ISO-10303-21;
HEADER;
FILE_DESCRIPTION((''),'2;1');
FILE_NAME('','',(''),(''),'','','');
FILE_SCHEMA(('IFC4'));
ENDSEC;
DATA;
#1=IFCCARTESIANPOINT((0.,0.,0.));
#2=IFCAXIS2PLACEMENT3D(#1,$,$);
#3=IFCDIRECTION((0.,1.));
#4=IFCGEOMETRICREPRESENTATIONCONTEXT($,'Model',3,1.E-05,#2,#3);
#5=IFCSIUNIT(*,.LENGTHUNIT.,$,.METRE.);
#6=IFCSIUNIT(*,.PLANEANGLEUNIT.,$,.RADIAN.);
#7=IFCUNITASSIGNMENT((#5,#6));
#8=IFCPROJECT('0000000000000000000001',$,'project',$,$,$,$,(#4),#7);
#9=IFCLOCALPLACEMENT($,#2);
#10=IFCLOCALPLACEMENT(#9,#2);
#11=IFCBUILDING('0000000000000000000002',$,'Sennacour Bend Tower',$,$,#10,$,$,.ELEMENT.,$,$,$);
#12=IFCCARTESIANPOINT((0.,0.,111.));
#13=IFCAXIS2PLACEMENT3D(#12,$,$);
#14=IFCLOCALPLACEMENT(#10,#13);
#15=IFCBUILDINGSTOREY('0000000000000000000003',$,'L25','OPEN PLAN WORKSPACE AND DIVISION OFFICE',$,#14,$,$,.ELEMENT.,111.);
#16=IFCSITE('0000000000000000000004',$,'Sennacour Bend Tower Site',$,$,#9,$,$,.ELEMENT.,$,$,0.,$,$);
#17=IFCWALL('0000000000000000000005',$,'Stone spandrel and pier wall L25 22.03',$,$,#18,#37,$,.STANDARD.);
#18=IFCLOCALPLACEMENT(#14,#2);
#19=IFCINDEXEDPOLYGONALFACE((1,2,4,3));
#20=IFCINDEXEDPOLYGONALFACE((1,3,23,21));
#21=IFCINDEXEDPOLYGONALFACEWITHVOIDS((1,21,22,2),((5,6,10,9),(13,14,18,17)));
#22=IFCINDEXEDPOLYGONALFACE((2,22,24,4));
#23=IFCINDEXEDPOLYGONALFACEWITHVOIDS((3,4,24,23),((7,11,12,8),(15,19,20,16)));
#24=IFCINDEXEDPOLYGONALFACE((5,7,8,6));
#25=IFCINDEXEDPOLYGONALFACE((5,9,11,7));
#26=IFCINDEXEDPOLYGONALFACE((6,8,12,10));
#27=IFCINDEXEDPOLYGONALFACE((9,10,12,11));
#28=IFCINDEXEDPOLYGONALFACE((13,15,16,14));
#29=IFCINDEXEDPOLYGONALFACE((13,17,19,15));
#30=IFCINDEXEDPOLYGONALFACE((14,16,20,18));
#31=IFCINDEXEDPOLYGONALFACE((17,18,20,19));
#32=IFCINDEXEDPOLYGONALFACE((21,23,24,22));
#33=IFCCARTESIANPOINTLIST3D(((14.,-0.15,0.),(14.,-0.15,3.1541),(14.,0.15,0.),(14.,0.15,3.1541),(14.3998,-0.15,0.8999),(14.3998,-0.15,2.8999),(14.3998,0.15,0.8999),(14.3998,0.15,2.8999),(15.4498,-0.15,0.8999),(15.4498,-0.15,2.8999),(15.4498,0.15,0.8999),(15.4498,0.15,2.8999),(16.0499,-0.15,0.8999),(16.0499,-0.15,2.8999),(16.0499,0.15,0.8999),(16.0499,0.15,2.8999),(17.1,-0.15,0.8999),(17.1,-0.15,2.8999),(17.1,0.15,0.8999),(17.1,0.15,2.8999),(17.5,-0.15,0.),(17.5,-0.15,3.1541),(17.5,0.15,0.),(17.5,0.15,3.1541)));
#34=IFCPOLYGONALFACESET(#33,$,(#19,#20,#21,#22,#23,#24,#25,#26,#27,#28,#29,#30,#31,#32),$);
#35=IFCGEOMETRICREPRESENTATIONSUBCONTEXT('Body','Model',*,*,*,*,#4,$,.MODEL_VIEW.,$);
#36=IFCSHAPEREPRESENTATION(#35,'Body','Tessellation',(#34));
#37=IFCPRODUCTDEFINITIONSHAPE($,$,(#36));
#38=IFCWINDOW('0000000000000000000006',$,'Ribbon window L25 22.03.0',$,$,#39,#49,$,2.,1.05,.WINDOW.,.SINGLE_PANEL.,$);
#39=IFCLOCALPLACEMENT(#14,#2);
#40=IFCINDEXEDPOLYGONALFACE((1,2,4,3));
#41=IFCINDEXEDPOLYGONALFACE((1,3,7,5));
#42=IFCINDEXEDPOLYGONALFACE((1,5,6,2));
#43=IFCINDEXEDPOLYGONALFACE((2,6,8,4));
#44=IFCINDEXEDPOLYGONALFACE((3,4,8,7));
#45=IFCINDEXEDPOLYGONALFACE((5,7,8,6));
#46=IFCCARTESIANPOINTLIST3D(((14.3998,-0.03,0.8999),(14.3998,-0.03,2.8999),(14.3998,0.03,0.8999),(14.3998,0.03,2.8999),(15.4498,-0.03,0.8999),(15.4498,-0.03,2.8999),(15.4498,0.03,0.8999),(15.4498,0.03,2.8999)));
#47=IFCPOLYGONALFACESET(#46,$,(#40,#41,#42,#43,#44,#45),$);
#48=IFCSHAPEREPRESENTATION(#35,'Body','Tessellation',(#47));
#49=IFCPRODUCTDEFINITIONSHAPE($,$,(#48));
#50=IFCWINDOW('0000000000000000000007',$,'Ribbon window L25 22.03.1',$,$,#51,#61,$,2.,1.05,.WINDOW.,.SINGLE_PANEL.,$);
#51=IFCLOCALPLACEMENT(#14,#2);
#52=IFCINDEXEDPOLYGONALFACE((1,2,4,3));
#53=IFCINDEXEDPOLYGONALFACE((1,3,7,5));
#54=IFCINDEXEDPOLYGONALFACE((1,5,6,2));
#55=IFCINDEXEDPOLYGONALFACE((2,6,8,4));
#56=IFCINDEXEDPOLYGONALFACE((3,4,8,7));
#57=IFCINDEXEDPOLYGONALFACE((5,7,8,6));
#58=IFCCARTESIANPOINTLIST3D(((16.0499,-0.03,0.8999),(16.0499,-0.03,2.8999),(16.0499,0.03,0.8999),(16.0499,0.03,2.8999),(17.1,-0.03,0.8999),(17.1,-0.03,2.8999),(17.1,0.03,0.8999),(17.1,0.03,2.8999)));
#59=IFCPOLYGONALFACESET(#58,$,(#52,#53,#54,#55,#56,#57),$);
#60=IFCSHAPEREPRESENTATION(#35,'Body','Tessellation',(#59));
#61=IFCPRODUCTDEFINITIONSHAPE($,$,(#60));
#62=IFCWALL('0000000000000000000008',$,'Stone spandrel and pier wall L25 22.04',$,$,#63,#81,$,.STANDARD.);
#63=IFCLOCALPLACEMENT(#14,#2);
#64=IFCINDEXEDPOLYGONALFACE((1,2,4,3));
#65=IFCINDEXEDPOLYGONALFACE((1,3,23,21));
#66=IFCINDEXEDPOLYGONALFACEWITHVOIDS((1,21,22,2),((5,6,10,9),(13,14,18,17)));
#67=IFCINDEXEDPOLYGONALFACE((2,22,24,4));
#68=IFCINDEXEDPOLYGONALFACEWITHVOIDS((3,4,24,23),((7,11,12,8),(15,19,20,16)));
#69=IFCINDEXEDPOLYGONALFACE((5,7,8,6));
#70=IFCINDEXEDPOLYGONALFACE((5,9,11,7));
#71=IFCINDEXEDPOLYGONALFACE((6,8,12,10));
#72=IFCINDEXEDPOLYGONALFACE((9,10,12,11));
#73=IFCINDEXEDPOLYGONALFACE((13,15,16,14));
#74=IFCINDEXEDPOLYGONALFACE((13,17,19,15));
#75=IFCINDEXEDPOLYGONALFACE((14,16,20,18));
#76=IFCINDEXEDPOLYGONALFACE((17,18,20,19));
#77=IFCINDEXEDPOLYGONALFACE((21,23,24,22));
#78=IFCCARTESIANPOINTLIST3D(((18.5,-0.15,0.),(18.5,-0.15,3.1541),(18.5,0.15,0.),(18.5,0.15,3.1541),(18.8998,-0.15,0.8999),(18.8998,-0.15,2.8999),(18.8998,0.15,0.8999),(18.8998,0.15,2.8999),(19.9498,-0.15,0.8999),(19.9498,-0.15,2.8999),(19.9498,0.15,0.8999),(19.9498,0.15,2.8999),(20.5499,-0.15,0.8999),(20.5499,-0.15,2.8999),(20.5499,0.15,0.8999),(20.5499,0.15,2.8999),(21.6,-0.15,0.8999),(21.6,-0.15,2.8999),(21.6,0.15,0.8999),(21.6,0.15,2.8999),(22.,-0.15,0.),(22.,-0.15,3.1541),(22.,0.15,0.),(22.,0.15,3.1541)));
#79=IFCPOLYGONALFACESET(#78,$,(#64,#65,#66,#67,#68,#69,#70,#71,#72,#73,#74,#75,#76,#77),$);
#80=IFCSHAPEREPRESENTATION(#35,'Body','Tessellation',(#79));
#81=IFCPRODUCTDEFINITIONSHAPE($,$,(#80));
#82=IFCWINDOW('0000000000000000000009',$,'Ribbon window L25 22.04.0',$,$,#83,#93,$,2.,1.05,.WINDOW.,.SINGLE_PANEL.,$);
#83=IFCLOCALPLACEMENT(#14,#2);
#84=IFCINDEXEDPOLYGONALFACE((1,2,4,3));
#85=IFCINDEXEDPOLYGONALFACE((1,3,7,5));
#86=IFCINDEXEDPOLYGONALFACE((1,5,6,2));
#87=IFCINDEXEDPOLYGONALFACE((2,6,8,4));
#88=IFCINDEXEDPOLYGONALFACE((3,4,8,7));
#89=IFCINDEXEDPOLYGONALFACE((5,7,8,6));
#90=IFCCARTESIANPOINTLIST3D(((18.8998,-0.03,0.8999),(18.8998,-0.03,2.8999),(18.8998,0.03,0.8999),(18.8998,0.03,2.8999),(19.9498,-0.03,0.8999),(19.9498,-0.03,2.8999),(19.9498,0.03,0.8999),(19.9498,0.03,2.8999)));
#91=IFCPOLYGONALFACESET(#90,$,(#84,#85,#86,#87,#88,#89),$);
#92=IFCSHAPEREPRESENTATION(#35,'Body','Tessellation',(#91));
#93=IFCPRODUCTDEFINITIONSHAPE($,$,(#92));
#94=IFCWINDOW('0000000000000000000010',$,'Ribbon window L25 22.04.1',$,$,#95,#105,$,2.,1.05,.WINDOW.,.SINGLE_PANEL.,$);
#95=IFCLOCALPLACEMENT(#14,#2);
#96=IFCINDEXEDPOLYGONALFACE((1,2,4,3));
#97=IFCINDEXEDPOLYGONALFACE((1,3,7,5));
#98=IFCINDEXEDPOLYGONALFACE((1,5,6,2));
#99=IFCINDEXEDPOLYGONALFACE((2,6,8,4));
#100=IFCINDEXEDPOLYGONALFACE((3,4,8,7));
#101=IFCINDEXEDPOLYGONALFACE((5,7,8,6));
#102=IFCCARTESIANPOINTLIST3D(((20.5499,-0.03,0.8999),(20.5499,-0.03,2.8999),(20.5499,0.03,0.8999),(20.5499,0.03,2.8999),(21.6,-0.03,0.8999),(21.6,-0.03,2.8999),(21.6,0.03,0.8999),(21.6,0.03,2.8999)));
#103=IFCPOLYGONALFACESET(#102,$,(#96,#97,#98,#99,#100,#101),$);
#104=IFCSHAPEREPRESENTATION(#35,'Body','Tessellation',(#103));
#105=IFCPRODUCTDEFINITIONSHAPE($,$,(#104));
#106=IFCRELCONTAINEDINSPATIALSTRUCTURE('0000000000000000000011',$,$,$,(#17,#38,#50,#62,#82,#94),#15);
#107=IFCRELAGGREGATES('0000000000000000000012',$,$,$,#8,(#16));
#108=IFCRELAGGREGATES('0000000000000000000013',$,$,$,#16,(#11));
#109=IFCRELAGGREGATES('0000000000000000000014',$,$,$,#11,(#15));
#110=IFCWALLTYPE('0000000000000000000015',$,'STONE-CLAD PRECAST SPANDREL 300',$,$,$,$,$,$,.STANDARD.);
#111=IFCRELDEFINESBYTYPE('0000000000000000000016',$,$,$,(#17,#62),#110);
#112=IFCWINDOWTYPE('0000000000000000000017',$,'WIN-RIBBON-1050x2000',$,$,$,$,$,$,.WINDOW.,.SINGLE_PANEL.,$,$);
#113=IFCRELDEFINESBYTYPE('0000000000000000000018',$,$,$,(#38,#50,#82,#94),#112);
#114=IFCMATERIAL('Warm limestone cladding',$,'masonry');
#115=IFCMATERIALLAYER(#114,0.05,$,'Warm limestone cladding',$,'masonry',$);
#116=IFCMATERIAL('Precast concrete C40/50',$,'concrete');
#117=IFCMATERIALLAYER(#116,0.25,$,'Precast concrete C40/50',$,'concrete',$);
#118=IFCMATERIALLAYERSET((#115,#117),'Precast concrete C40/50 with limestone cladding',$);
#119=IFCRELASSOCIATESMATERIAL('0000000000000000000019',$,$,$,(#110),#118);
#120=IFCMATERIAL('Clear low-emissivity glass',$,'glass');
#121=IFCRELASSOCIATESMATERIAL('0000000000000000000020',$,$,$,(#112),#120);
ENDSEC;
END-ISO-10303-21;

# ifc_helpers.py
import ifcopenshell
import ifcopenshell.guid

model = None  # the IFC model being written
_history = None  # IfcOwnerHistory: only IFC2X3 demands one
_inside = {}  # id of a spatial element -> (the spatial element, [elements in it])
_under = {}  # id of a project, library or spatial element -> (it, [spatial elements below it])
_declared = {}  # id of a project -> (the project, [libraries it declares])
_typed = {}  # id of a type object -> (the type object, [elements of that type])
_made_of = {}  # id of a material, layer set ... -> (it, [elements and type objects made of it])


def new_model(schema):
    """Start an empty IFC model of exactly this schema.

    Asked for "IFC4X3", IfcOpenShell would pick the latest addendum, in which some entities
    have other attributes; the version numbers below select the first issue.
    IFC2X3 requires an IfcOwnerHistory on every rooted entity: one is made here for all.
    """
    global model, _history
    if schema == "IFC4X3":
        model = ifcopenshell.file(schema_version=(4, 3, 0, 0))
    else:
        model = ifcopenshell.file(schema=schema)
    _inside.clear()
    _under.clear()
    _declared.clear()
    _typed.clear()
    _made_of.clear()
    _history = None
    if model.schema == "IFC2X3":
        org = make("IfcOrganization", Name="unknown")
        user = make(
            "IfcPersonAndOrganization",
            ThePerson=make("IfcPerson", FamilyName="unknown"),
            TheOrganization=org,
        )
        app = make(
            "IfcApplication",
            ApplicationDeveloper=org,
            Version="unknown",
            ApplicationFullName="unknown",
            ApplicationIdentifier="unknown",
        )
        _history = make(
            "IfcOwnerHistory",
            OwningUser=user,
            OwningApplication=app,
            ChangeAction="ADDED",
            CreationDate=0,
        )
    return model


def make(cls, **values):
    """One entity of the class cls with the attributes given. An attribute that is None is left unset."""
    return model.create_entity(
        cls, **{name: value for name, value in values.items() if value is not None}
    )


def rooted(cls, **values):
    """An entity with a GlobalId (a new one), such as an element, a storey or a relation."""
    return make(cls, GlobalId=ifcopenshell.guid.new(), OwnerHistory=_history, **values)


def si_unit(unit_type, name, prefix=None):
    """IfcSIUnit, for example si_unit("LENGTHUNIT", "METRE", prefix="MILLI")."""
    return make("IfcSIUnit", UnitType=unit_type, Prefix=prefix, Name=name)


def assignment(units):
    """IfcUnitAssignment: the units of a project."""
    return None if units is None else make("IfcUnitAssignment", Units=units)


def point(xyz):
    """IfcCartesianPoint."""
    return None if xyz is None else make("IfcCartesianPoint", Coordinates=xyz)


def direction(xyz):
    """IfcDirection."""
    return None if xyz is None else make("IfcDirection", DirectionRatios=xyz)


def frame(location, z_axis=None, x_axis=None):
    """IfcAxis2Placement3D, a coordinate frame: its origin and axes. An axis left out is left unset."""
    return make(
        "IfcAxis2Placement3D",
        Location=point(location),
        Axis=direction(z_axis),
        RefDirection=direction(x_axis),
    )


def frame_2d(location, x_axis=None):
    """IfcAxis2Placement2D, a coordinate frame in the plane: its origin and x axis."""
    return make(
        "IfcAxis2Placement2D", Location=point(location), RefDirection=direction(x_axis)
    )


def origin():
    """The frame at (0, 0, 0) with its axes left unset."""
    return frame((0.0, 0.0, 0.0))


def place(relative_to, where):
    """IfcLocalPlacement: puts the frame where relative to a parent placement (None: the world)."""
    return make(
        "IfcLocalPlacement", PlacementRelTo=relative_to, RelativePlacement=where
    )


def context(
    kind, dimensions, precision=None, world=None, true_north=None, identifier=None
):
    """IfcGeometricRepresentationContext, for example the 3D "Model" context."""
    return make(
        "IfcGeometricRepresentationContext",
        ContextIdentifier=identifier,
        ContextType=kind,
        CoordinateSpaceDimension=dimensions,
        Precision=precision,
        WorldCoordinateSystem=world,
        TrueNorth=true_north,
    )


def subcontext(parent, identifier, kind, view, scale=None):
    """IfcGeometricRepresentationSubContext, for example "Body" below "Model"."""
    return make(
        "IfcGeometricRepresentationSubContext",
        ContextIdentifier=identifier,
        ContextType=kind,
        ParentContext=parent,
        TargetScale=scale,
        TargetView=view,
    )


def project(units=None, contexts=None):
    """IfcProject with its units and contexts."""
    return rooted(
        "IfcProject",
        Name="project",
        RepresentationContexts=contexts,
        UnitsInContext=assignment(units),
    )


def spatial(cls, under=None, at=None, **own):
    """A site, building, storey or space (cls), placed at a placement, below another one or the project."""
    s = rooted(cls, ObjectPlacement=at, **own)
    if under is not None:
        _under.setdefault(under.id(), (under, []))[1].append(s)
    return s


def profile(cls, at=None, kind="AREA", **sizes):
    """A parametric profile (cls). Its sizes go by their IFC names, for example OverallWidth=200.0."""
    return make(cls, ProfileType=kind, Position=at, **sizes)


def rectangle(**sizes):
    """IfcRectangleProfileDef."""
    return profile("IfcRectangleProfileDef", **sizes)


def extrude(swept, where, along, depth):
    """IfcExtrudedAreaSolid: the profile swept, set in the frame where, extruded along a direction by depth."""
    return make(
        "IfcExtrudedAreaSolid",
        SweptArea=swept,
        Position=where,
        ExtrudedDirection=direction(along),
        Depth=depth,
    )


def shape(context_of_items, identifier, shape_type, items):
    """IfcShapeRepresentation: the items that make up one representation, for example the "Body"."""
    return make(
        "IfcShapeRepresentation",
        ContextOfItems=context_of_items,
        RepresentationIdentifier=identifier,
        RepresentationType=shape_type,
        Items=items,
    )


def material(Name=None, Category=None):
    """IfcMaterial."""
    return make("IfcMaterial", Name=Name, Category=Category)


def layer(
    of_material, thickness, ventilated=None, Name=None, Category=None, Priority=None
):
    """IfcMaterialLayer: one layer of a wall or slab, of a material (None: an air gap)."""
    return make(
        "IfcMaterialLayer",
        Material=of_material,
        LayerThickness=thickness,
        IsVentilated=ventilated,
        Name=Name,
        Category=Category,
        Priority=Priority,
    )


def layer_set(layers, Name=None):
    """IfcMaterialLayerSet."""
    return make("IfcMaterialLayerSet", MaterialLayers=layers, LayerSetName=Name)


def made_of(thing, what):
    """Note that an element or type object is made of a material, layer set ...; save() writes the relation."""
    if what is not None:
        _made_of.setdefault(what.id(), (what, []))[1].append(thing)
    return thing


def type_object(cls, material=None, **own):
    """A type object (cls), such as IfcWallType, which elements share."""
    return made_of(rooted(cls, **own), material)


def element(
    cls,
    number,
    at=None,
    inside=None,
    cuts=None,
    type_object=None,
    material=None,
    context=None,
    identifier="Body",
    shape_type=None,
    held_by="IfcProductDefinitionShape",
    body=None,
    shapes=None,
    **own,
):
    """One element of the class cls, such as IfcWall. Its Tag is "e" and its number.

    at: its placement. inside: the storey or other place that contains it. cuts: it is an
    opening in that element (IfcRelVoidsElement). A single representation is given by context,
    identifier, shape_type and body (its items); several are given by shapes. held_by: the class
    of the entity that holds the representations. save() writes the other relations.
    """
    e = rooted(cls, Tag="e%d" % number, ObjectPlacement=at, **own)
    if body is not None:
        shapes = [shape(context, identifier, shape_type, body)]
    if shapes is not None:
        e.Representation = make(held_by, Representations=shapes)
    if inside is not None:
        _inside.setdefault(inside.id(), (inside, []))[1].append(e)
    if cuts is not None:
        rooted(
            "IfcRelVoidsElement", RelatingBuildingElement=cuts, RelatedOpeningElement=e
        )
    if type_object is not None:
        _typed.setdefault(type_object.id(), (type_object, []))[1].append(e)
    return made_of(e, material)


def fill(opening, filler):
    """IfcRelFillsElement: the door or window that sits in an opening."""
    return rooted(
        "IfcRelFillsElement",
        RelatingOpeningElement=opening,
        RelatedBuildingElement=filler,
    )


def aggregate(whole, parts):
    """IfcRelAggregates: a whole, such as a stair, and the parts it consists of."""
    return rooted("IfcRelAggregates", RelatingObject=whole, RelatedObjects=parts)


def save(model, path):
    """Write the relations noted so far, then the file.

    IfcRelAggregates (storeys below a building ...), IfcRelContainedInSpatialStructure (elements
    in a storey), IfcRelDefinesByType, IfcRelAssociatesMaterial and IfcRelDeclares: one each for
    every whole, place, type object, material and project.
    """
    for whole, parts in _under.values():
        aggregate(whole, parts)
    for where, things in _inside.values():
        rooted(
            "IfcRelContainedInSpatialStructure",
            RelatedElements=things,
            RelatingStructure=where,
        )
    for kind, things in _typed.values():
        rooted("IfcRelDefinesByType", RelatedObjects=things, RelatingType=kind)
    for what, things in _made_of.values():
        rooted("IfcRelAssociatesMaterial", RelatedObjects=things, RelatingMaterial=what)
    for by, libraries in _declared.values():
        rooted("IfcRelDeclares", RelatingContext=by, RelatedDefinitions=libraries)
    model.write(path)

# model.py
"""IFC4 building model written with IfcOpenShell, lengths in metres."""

from ifc_helpers import new_model, si_unit, direction, frame, frame_2d, origin, place, context, subcontext, project, spatial, rectangle, extrude, material, layer, layer_set, type_object, element, fill, save


model = new_model("IFC4")

# Units and contexts
model_context = context("Model", 3, precision=1e-05, world=origin(), true_north=direction((0.0, 1.0)))
body_context = subcontext(model_context, "Body", "Model", "MODEL_VIEW")
ifc_project = project(units=[si_unit("LENGTHUNIT", "METRE"), si_unit("PLANEANGLEUNIT", "RADIAN")], contexts=[model_context])

# Site, building, storey
site_placement = place(None, origin())
site = spatial("IfcSite", under=ifc_project, at=site_placement, Name="Sennacour Bend Tower Site", CompositionType="ELEMENT", RefElevation=0.0)
building_placement = place(site_placement, origin())
building = spatial("IfcBuilding", under=site, at=building_placement, Name="Sennacour Bend Tower", CompositionType="ELEMENT")
storey_placement = place(building_placement, frame((0.0, 0.0, 111.0)))
storey = spatial("IfcBuildingStorey", under=building, at=storey_placement, Name="L25", Description="OPEN PLAN WORKSPACE AND DIVISION OFFICE", CompositionType="ELEMENT", Elevation=111.0)

# Walls, openings, windows
ifc_material_1 = material(Name="Warm limestone cladding", Category="masonry")
ifc_layer_1 = layer(ifc_material_1, 0.05, Name="Warm limestone cladding", Category="masonry")
ifc_material_2 = material(Name="Precast concrete C40/50", Category="concrete")
ifc_layer_2 = layer(ifc_material_2, 0.25, Name="Precast concrete C40/50", Category="concrete")
ifc_layer_set_1 = layer_set([ifc_layer_1, ifc_layer_2], Name="Precast concrete C40/50 with limestone cladding")
wall_type_1 = type_object("IfcWallType", Name="STONE-CLAD PRECAST SPANDREL 300", PredefinedType="STANDARD", material=ifc_layer_set_1)
wall_1_placement = place(storey_placement, frame((14.0, 0.0, 0.0), z_axis=(0.0, 0.0, 1.0), x_axis=(1.0, 0.0, 0.0)))
wall_1 = element("IfcWall", 1, at=wall_1_placement, inside=storey, type_object=wall_type_1, Name="Stone spandrel and pier wall L25 22.03", PredefinedType="STANDARD", context=body_context, shape_type="SweptSolid", body=[
    extrude(rectangle(XDim=3.5, YDim=0.3, at=frame_2d((1.75, 0.0))), origin(), (0.0, 0.0, 1.0), 3.1541),
])
opening_1_placement = place(wall_1_placement, frame((0.3999, 0.0, 0.8999)))
opening_1 = element("IfcOpeningElement", 2, at=opening_1_placement, cuts=wall_1, PredefinedType="OPENING", context=body_context, shape_type="SweptSolid", body=[
    extrude(rectangle(XDim=1.05, YDim=2.0, at=frame_2d((0.5249, 1.0))), frame((0.0, 0.1602, 0.0), z_axis=(0.0, -1.0, 0.0), x_axis=(1.0, 0.0, 0.0)), (0.0, 0.0, 1.0), 0.3201),
])
opening_2_placement = place(wall_1_placement, frame((2.05, 0.0, 0.8999)))
opening_2 = element("IfcOpeningElement", 3, at=opening_2_placement, cuts=wall_1, PredefinedType="OPENING", context=body_context, shape_type="SweptSolid", body=[
    extrude(rectangle(XDim=1.05, YDim=2.0, at=frame_2d((0.5249, 1.0))), frame((0.0, 0.1602, 0.0), z_axis=(0.0, -1.0, 0.0), x_axis=(1.0, 0.0, 0.0)), (0.0, 0.0, 1.0), 0.3201),
])
ifc_material_3 = material(Name="Clear low-emissivity glass", Category="glass")
window_type = type_object("IfcWindowType", Name="WIN-RIBBON-1050x2000", PartitioningType="SINGLE_PANEL", PredefinedType="WINDOW", material=ifc_material_3)
window_1_placement = place(opening_1_placement, origin())
window_1 = element("IfcWindow", 4, at=window_1_placement, inside=storey, type_object=window_type, Name="Ribbon window L25 22.03.0", OverallHeight=2.0, OverallWidth=1.05, PartitioningType="SINGLE_PANEL", PredefinedType="WINDOW", context=body_context, shape_type="SweptSolid", body=[
    extrude(rectangle(XDim=1.05, YDim=2.0, at=frame_2d((0.5249, 1.0))), frame((0.0, 0.03, 0.0), z_axis=(0.0, -1.0, 0.0), x_axis=(1.0, 0.0, 0.0)), (0.0, 0.0, 1.0), 0.0601),
])
fill(opening_1, window_1)
window_2_placement = place(opening_2_placement, origin())
window_2 = element("IfcWindow", 5, at=window_2_placement, inside=storey, type_object=window_type, Name="Ribbon window L25 22.03.1", OverallHeight=2.0, OverallWidth=1.05, PartitioningType="SINGLE_PANEL", PredefinedType="WINDOW", context=body_context, shape_type="SweptSolid", body=[
    extrude(rectangle(XDim=1.05, YDim=2.0, at=frame_2d((0.5249, 1.0))), frame((0.0, 0.03, 0.0), z_axis=(0.0, -1.0, 0.0), x_axis=(1.0, 0.0, 0.0)), (0.0, 0.0, 1.0), 0.0601),
])
fill(opening_2, window_2)
wall_2_placement = place(storey_placement, frame((18.5, 0.0, 0.0), z_axis=(0.0, 0.0, 1.0), x_axis=(1.0, 0.0, 0.0)))
wall_2 = element("IfcWall", 6, at=wall_2_placement, inside=storey, type_object=wall_type_1, Name="Stone spandrel and pier wall L25 22.04", PredefinedType="STANDARD", context=body_context, shape_type="SweptSolid", body=[
    extrude(rectangle(XDim=3.5, YDim=0.3, at=frame_2d((1.75, 0.0))), origin(), (0.0, 0.0, 1.0), 3.1541),
])
opening_3_placement = place(wall_2_placement, frame((0.3999, 0.0, 0.8999)))
opening_3 = element("IfcOpeningElement", 7, at=opening_3_placement, cuts=wall_2, PredefinedType="OPENING", context=body_context, shape_type="SweptSolid", body=[
    extrude(rectangle(XDim=1.05, YDim=2.0, at=frame_2d((0.5249, 1.0))), frame((0.0, 0.1602, 0.0), z_axis=(0.0, -1.0, 0.0), x_axis=(1.0, 0.0, 0.0)), (0.0, 0.0, 1.0), 0.3201),
])
opening_4_placement = place(wall_2_placement, frame((2.05, 0.0, 0.8999)))
opening_4 = element("IfcOpeningElement", 8, at=opening_4_placement, cuts=wall_2, PredefinedType="OPENING", context=body_context, shape_type="SweptSolid", body=[
    extrude(rectangle(XDim=1.05, YDim=2.0, at=frame_2d((0.5249, 1.0))), frame((0.0, 0.1602, 0.0), z_axis=(0.0, -1.0, 0.0), x_axis=(1.0, 0.0, 0.0)), (0.0, 0.0, 1.0), 0.3201),
])
window_3_placement = place(opening_3_placement, origin())
window_3 = element("IfcWindow", 9, at=window_3_placement, inside=storey, type_object=window_type, Name="Ribbon window L25 22.04.0", OverallHeight=2.0, OverallWidth=1.05, PartitioningType="SINGLE_PANEL", PredefinedType="WINDOW", context=body_context, shape_type="SweptSolid", body=[
    extrude(rectangle(XDim=1.05, YDim=2.0, at=frame_2d((0.5249, 1.0))), frame((0.0, 0.03, 0.0), z_axis=(0.0, -1.0, 0.0), x_axis=(1.0, 0.0, 0.0)), (0.0, 0.0, 1.0), 0.0601),
])
fill(opening_3, window_3)
window_4_placement = place(opening_4_placement, origin())
window_4 = element("IfcWindow", 10, at=window_4_placement, inside=storey, type_object=window_type, Name="Ribbon window L25 22.04.1", OverallHeight=2.0, OverallWidth=1.05, PartitioningType="SINGLE_PANEL", PredefinedType="WINDOW", context=body_context, shape_type="SweptSolid", body=[
    extrude(rectangle(XDim=1.05, YDim=2.0, at=frame_2d((0.5249, 1.0))), frame((0.0, 0.03, 0.0), z_axis=(0.0, -1.0, 0.0), x_axis=(1.0, 0.0, 0.0)), (0.0, 0.0, 1.0), 0.0601),
])
fill(opening_4, window_4)

save(model, "model.ifc")
